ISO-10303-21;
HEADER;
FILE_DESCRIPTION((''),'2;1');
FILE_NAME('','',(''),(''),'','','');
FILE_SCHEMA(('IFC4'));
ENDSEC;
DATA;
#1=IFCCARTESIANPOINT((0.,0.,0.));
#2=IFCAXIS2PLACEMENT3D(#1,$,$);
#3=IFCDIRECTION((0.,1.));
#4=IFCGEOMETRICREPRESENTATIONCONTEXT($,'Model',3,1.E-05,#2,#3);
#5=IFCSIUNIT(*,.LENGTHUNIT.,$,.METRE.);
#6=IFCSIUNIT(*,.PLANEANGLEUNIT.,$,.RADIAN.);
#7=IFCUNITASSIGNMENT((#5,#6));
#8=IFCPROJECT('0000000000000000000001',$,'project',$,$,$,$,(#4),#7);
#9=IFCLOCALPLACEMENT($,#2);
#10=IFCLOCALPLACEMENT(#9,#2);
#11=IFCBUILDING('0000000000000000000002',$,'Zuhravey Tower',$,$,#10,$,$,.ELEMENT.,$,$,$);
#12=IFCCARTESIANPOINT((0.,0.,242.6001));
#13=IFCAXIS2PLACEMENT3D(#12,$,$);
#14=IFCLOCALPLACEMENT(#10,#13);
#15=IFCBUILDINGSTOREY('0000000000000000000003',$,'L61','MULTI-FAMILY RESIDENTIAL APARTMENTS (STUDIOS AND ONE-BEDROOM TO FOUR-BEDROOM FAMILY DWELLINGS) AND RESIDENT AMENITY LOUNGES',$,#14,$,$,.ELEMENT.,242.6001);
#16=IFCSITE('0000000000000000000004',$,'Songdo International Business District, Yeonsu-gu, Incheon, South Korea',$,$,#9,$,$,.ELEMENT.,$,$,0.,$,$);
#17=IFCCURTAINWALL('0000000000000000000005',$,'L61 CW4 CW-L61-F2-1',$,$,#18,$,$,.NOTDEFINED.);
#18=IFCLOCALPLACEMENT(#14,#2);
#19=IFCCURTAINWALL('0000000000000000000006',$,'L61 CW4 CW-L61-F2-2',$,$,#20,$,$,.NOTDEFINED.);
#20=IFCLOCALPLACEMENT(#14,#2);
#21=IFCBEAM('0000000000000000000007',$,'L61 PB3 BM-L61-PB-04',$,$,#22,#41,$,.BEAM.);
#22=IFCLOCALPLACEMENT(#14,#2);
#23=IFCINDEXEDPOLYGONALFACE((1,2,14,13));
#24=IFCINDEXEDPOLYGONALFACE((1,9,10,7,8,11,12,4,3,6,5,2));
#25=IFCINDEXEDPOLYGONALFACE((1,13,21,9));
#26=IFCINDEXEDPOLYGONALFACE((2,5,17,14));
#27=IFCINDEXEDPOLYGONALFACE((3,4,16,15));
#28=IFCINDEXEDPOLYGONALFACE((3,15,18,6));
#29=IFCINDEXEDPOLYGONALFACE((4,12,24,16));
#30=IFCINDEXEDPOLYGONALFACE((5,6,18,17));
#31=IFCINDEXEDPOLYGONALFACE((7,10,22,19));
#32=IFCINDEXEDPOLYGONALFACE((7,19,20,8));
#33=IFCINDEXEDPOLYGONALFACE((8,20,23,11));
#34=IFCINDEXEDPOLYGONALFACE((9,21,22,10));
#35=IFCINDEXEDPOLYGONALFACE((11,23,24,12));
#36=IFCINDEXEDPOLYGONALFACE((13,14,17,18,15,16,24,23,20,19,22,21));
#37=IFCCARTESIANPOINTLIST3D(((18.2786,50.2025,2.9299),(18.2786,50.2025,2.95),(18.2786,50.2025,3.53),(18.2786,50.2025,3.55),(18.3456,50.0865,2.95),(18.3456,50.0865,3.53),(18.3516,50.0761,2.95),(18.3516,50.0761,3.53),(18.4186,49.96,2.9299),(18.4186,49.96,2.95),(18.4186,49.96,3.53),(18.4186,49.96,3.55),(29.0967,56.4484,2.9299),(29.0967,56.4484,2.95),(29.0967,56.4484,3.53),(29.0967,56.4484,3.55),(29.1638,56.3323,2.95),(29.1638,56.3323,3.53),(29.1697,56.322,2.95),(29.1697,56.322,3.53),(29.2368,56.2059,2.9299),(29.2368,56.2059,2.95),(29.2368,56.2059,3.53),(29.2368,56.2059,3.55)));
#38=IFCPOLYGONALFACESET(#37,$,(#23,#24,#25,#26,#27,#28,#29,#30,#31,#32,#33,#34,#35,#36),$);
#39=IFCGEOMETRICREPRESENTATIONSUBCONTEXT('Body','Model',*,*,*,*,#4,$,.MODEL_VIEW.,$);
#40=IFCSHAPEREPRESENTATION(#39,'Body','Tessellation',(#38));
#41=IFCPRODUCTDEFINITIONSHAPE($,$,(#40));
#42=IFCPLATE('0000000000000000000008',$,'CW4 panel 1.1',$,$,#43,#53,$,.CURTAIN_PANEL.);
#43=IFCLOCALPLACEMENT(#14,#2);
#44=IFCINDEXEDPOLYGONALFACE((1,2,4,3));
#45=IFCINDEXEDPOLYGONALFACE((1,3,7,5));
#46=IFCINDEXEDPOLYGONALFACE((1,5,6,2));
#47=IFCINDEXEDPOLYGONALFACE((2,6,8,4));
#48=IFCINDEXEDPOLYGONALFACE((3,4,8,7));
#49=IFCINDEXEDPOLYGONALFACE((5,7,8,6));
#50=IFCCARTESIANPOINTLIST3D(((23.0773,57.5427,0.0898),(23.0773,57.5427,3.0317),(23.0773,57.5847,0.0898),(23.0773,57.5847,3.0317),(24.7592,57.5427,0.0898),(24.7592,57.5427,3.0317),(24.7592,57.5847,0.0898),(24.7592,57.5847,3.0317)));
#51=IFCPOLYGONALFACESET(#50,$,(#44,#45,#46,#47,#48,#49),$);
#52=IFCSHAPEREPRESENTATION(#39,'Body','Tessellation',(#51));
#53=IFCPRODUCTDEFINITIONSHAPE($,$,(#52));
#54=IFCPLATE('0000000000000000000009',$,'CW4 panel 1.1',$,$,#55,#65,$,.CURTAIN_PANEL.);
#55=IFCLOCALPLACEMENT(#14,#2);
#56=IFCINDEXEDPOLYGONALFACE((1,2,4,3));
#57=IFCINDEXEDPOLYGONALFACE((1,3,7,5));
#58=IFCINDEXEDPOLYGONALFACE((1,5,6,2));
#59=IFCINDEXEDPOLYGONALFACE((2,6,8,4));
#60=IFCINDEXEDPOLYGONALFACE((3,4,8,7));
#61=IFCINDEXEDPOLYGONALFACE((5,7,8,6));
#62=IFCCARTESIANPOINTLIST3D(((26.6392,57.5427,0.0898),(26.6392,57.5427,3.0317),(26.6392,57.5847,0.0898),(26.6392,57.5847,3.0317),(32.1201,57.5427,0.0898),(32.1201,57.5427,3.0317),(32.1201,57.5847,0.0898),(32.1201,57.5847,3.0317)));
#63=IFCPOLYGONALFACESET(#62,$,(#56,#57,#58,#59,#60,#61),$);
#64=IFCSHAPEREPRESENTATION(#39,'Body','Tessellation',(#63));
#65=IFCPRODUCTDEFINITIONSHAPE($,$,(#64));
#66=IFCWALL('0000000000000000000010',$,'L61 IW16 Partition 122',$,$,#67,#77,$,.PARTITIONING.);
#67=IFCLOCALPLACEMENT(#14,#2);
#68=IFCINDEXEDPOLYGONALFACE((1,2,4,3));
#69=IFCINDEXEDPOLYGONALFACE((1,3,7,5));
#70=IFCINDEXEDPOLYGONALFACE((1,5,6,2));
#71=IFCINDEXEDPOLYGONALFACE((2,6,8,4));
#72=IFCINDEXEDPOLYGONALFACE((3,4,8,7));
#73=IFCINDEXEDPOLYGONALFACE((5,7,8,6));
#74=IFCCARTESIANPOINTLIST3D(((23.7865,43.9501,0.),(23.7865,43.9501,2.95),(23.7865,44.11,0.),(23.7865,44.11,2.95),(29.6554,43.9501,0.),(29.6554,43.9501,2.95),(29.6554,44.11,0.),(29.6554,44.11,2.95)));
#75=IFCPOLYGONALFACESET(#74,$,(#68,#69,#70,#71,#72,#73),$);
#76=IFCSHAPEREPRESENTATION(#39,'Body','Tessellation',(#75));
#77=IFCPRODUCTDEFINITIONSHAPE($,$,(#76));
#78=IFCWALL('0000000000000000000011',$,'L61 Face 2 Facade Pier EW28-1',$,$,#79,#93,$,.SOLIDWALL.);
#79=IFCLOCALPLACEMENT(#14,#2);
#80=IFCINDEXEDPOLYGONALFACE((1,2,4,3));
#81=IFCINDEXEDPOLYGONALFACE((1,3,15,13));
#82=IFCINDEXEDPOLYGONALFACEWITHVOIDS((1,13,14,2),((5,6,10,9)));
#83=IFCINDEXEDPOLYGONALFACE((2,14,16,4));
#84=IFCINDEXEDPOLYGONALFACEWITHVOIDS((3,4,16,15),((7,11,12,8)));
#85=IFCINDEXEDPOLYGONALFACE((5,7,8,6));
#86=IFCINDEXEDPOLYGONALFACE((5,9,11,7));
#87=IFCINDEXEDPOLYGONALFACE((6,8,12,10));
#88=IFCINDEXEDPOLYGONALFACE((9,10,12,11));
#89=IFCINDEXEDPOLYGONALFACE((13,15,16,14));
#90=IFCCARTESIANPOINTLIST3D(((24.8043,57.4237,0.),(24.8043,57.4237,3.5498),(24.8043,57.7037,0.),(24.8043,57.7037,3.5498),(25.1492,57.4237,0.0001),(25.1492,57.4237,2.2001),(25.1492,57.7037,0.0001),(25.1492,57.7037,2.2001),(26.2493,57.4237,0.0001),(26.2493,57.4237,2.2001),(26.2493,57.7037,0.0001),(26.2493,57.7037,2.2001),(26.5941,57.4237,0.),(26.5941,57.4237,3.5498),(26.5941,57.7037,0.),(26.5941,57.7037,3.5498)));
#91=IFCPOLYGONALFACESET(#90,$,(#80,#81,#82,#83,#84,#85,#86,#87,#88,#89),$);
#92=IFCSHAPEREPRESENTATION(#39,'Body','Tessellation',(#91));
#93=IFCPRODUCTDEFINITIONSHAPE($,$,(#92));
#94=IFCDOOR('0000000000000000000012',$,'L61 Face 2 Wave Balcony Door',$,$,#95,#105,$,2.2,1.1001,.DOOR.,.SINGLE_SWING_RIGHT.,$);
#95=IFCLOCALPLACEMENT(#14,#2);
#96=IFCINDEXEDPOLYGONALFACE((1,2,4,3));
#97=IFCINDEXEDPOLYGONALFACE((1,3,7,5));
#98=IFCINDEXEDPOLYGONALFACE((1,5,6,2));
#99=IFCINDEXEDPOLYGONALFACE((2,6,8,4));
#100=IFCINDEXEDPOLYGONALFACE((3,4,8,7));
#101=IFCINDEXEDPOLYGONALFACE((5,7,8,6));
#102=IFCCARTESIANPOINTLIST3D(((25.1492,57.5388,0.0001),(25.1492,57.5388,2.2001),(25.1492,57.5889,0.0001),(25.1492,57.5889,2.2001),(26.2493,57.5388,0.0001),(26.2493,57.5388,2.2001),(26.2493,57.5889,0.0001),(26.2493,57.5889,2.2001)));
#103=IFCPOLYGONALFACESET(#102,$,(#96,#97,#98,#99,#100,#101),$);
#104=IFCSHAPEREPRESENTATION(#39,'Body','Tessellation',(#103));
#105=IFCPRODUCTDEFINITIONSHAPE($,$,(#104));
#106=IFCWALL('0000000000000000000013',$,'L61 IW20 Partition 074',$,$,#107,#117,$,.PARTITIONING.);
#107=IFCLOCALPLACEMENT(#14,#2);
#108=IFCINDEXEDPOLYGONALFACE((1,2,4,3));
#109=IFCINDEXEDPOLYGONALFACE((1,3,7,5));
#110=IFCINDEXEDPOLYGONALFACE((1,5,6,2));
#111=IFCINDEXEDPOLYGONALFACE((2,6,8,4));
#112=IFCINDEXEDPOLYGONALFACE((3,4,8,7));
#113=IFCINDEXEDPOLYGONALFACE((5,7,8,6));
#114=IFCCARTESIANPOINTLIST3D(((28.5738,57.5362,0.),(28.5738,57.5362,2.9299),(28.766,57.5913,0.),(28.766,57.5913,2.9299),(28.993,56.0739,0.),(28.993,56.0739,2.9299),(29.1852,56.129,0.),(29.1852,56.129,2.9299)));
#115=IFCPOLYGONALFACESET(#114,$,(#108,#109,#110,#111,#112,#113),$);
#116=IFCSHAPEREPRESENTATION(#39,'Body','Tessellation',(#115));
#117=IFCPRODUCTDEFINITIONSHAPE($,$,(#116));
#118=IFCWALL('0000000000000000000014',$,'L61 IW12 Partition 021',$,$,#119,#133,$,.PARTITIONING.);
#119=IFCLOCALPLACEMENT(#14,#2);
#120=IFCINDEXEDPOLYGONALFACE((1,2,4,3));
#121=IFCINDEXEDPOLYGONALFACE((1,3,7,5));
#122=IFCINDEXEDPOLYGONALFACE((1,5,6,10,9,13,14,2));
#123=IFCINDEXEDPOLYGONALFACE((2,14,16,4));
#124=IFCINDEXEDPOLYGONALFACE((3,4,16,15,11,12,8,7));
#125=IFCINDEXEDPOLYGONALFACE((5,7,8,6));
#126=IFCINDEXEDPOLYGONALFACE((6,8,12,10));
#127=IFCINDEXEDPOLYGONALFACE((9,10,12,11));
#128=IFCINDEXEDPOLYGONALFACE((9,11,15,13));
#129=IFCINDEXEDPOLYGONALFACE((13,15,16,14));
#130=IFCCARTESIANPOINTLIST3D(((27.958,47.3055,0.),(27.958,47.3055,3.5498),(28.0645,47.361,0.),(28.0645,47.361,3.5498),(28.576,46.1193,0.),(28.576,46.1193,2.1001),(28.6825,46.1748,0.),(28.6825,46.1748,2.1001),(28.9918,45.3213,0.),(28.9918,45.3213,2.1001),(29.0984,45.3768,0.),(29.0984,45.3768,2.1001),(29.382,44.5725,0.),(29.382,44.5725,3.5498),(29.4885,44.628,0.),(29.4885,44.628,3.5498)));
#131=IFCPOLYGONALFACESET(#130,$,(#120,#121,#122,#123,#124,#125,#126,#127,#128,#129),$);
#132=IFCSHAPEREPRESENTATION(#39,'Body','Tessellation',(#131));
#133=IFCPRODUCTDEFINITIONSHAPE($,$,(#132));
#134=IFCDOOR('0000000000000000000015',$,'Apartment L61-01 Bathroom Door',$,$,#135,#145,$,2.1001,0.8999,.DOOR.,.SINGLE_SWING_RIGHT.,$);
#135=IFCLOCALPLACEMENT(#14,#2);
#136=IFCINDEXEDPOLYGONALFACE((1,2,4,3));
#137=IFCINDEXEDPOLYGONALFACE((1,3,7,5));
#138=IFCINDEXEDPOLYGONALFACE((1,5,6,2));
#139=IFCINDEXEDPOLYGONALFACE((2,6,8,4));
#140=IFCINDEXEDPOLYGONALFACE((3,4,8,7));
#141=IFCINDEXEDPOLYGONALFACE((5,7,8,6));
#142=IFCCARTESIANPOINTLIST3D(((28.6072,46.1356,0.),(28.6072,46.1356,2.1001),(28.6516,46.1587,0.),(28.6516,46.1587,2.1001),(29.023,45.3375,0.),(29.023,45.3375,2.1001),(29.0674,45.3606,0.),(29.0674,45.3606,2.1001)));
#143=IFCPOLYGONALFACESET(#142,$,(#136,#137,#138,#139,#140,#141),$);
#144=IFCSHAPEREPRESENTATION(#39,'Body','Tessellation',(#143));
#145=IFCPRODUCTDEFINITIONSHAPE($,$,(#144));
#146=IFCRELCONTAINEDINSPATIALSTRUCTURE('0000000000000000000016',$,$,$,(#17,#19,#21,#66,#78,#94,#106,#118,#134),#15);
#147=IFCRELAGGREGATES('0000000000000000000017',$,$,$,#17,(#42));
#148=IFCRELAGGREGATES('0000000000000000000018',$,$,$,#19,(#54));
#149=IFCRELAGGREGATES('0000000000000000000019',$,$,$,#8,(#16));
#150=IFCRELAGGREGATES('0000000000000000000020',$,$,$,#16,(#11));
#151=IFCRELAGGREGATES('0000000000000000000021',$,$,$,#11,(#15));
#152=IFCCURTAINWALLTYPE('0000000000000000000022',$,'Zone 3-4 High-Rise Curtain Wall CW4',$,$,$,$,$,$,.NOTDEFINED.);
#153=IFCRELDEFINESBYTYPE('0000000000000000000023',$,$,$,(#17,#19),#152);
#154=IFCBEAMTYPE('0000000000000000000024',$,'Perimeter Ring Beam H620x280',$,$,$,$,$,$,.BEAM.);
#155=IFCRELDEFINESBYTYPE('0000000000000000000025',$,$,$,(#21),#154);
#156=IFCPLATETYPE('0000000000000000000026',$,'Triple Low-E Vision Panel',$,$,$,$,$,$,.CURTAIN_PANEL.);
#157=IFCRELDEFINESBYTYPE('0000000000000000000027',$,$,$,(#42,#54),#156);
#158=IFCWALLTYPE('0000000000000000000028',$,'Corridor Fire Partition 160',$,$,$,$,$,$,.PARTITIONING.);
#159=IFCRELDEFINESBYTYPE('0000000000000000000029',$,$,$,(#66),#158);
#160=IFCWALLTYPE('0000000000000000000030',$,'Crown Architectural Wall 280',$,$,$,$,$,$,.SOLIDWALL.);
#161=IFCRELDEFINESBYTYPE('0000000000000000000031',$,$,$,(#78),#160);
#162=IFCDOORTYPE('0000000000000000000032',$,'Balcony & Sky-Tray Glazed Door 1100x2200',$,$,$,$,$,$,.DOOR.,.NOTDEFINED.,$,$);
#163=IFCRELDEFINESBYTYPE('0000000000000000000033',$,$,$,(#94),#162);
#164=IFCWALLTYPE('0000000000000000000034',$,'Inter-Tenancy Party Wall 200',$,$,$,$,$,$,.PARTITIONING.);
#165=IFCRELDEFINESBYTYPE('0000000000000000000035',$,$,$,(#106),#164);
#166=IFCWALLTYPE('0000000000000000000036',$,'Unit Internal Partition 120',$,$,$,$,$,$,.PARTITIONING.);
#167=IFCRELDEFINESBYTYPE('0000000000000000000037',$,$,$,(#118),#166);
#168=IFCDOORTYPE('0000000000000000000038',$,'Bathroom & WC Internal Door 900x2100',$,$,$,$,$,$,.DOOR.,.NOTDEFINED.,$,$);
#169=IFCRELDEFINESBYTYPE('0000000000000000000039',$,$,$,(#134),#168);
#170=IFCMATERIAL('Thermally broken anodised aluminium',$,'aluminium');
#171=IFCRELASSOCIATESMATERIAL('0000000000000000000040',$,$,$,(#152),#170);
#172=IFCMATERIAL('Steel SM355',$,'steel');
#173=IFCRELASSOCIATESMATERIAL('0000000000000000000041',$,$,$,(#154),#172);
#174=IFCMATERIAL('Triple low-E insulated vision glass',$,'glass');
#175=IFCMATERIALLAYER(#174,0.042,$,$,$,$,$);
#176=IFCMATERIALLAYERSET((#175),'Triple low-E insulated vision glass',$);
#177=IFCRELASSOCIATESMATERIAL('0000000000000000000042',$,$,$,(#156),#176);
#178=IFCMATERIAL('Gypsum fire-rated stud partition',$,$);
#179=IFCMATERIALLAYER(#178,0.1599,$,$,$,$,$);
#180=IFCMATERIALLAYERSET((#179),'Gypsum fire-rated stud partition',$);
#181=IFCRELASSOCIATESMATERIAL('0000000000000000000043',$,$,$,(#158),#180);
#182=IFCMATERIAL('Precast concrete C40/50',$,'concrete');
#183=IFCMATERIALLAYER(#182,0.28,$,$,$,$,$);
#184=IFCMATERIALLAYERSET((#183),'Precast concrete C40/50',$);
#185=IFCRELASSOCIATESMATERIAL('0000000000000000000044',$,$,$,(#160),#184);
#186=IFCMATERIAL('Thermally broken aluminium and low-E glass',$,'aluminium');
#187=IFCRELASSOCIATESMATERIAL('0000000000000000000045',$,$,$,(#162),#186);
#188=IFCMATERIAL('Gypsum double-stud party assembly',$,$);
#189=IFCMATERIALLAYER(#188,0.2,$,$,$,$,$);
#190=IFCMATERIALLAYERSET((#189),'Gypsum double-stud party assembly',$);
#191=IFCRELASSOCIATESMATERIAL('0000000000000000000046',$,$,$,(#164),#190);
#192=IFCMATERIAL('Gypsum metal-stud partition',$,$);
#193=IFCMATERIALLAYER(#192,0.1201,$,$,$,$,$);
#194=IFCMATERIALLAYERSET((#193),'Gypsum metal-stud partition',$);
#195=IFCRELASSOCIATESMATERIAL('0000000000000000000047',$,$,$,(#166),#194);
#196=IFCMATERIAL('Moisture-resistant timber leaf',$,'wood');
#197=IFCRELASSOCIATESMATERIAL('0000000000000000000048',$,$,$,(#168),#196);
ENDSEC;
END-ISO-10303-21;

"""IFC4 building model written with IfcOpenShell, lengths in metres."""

from ifc_helpers import new_model, si_unit, direction, frame, frame_2d, origin, origin_2d, place, context, subcontext, project, spatial, rectangle, i_section, extrude, material, layer, layer_set, material_profile, profile_set, type_object, element, fill, aggregate, save


model = new_model("IFC4")

# Units and contexts
model_context = context("Model", 3, precision=1e-05, world=origin(), true_north=direction((0.0, 1.0)))
body_context = subcontext(model_context, "Body", "Model", "MODEL_VIEW")
ifc_project = project(units=[si_unit("LENGTHUNIT", "METRE"), si_unit("PLANEANGLEUNIT", "RADIAN")], contexts=[model_context])

# Site, building, storey
site_placement = place(None, origin())
site = spatial("IfcSite", under=ifc_project, at=site_placement, Name="Songdo International Business District, Yeonsu-gu, Incheon, South Korea", CompositionType="ELEMENT", RefElevation=0.0)
building_placement = place(site_placement, origin())
building = spatial("IfcBuilding", under=site, at=building_placement, Name="Zuhravey Tower", CompositionType="ELEMENT")
storey_placement = place(building_placement, frame((0.0, 0.0, 242.6001)))
storey = spatial("IfcBuildingStorey", under=building, at=storey_placement, Name="L61", Description="MULTI-FAMILY RESIDENTIAL APARTMENTS (STUDIOS AND ONE-BEDROOM TO FOUR-BEDROOM FAMILY DWELLINGS) AND RESIDENT AMENITY LOUNGES", CompositionType="ELEMENT", Elevation=242.6001)

# Curtain wall
ifc_material_1 = material(Name="Thermally broken anodised aluminium", Category="aluminium")
curtain_wall_type = type_object("IfcCurtainWallType", Name="Zone 3-4 High-Rise Curtain Wall CW4", PredefinedType="NOTDEFINED", material=ifc_material_1)
curtain_wall_1_placement = place(storey_placement, origin())
curtain_wall_1 = element("IfcCurtainWall", 1, at=curtain_wall_1_placement, inside=storey, type_object=curtain_wall_type, Name="L61 CW4 CW-L61-F2-1", PredefinedType="NOTDEFINED")

# Curtain wall
curtain_wall_2_placement = place(storey_placement, origin())
curtain_wall_2 = element("IfcCurtainWall", 2, at=curtain_wall_2_placement, inside=storey, type_object=curtain_wall_type, Name="L61 CW4 CW-L61-F2-2", PredefinedType="NOTDEFINED")

# Beam
ifc_material_2 = material(Name="Steel SM355", Category="steel")
ifc_material_profile_1 = material_profile(ifc_material_2, i_section(OverallWidth=0.28, OverallDepth=0.6201, WebThickness=0.012, FlangeThickness=0.02, at=origin_2d()), Name="H-620x280x12x20")
ifc_profile_set_1 = profile_set([ifc_material_profile_1], Name="Steel SM355")
beam_type_1 = type_object("IfcBeamType", Name="Perimeter Ring Beam H620x280", PredefinedType="BEAM", material=ifc_profile_set_1)
beam_1_placement = place(storey_placement, frame((29.1667, 56.3271, 3.24), z_axis=(-0.866025, -0.5, 0.0), x_axis=(0.5, -0.866025, 0.0)))
element("IfcBeam", 3, at=beam_1_placement, inside=storey, type_object=beam_type_1, Name="L61 PB3 BM-L61-PB-04", PredefinedType="BEAM", context=body_context, shape_type="SweptSolid", body=[
    extrude(i_section(OverallWidth=0.28, OverallDepth=0.6201, WebThickness=0.012, FlangeThickness=0.02, at=origin_2d()), origin(), (0.0, 0.0, 1.0), 12.4917),
])

# Plates
ifc_material_3 = material(Name="Triple low-E insulated vision glass", Category="glass")
ifc_layer_1 = layer(ifc_material_3, 0.042)
ifc_layer_set_1 = layer_set([ifc_layer_1], Name="Triple low-E insulated vision glass")
plate_type = type_object("IfcPlateType", Name="Triple Low-E Vision Panel", PredefinedType="CURTAIN_PANEL", material=ifc_layer_set_1)
plate_1_placement = place(storey_placement, frame((23.9182, 57.5637, 0.0898), z_axis=(0.0, 0.0, 1.0), x_axis=(1.0, 0.0, 0.0)))
plate_1 = element("IfcPlate", 4, at=plate_1_placement, type_object=plate_type, Name="CW4 panel 1.1", PredefinedType="CURTAIN_PANEL", context=body_context, shape_type="SweptSolid", body=[
    extrude(rectangle(XDim=1.6819, YDim=0.042, at=origin_2d()), origin(), (0.0, 0.0, 1.0), 2.9419),
])
aggregate(curtain_wall_1, [plate_1])
plate_2_placement = place(storey_placement, frame((29.3796, 57.5637, 0.0898), z_axis=(0.0, 0.0, 1.0), x_axis=(1.0, 0.0, 0.0)))
plate_2 = element("IfcPlate", 5, at=plate_2_placement, type_object=plate_type, Name="CW4 panel 1.1", PredefinedType="CURTAIN_PANEL", context=body_context, shape_type="SweptSolid", body=[
    extrude(rectangle(XDim=5.481, YDim=0.042, at=origin_2d()), origin(), (0.0, 0.0, 1.0), 2.9419),
])
aggregate(curtain_wall_2, [plate_2])

# Shared definitions
ifc_material_4 = material(Name="Gypsum fire-rated stud partition")
ifc_layer_2 = layer(ifc_material_4, 0.1599)
ifc_layer_set_2 = layer_set([ifc_layer_2], Name="Gypsum fire-rated stud partition")
wall_type_1 = type_object("IfcWallType", Name="Corridor Fire Partition 160", PredefinedType="PARTITIONING", material=ifc_layer_set_2)

# Wall
wall_1_placement = place(storey_placement, frame((29.6555, 44.03, 0.0), z_axis=(0.0, 0.0, 1.0), x_axis=(-1.0, 0.0, 0.0)))
element("IfcWall", 6, at=wall_1_placement, inside=storey, type_object=wall_type_1, Name="L61 IW16 Partition 122", PredefinedType="PARTITIONING", context=body_context, shape_type="SweptSolid", body=[
    extrude(rectangle(XDim=5.8689, YDim=0.1599, at=frame_2d((2.9346, 0.0))), origin(), (0.0, 0.0, 1.0), 2.95),
])

# Wall, opening, door
ifc_material_5 = material(Name="Precast concrete C40/50", Category="concrete")
ifc_layer_3 = layer(ifc_material_5, 0.28)
ifc_layer_set_3 = layer_set([ifc_layer_3], Name="Precast concrete C40/50")
wall_type_2 = type_object("IfcWallType", Name="Crown Architectural Wall 280", PredefinedType="SOLIDWALL", material=ifc_layer_set_3)
wall_2_placement = place(storey_placement, frame((24.8042, 57.5637, 0.0), z_axis=(0.0, 0.0, 1.0), x_axis=(1.0, 0.0, 0.0)))
wall_2 = element("IfcWall", 7, at=wall_2_placement, inside=storey, type_object=wall_type_2, Name="L61 Face 2 Facade Pier EW28-1", PredefinedType="SOLIDWALL", context=body_context, shape_type="SweptSolid", body=[
    extrude(rectangle(XDim=1.7898, YDim=0.28, at=frame_2d((0.895, 0.0))), origin(), (0.0, 0.0, 1.0), 3.5498),
])
opening_1_placement = place(wall_2_placement, frame((0.345, 0.0, 0.0)))
opening_1 = element("IfcOpeningElement", 8, at=opening_1_placement, cuts=wall_2, PredefinedType="OPENING", context=body_context, shape_type="SweptSolid", body=[
    extrude(rectangle(XDim=1.1001, YDim=2.2, at=frame_2d((0.55, 1.1001))), frame((0.0, 0.1521, 0.0), z_axis=(0.0, -1.0, 0.0), x_axis=(1.0, 0.0, 0.0)), (0.0, 0.0, 1.0), 0.304),
])
ifc_material_6 = material(Name="Thermally broken aluminium and low-E glass", Category="aluminium")
door_type_1 = type_object("IfcDoorType", Name="Balcony & Sky-Tray Glazed Door 1100x2200", OperationType="NOTDEFINED", PredefinedType="DOOR", material=ifc_material_6)
door_1_placement = place(opening_1_placement, frame((1.1001, 0.0, 0.0), z_axis=(0.0, 0.0, 1.0), x_axis=(-1.0, 0.0, 0.0)))
door_1 = element("IfcDoor", 9, at=door_1_placement, inside=storey, type_object=door_type_1, Name="L61 Face 2 Wave Balcony Door", OperationType="SINGLE_SWING_RIGHT", OverallHeight=2.2, OverallWidth=1.1001, PredefinedType="DOOR", context=body_context, shape_type="SweptSolid", body=[
    extrude(rectangle(XDim=1.1001, YDim=2.2, at=frame_2d((0.55, 1.1001))), frame((0.0, 0.0249, 0.0), z_axis=(0.0, -1.0, 0.0), x_axis=(1.0, 0.0, 0.0)), (0.0, 0.0, 1.0), 0.05),
])
fill(opening_1, door_1)

# Wall
ifc_material_7 = material(Name="Gypsum double-stud party assembly")
ifc_layer_4 = layer(ifc_material_7, 0.2)
ifc_layer_set_4 = layer_set([ifc_layer_4], Name="Gypsum double-stud party assembly")
wall_type_3 = type_object("IfcWallType", Name="Inter-Tenancy Party Wall 200", PredefinedType="PARTITIONING", material=ifc_layer_set_4)
wall_3_placement = place(storey_placement, frame((29.0891, 56.1013, 0.0), z_axis=(0.0, 0.0, 1.0), x_axis=(-0.275548, 0.961287, 0.0)))
element("IfcWall", 10, at=wall_3_placement, inside=storey, type_object=wall_type_3, Name="L61 IW20 Partition 074", PredefinedType="PARTITIONING", context=body_context, shape_type="SweptSolid", body=[
    extrude(rectangle(XDim=1.5212, YDim=0.2, at=frame_2d((0.7607, 0.0))), origin(), (0.0, 0.0, 1.0), 2.9299),
])

# Wall, opening, door
ifc_material_8 = material(Name="Gypsum metal-stud partition")
ifc_layer_5 = layer(ifc_material_8, 0.1201)
ifc_layer_set_5 = layer_set([ifc_layer_5], Name="Gypsum metal-stud partition")
wall_type_4 = type_object("IfcWallType", Name="Unit Internal Partition 120", PredefinedType="PARTITIONING", material=ifc_layer_set_5)
wall_4_placement = place(storey_placement, frame((29.4353, 44.6001, 0.0), z_axis=(0.0, 0.0, 1.0), x_axis=(-0.462076, 0.88684, 0.0)))
wall_4 = element("IfcWall", 11, at=wall_4_placement, inside=storey, type_object=wall_type_4, Name="L61 IW12 Partition 021", PredefinedType="PARTITIONING", context=body_context, shape_type="SweptSolid", body=[
    extrude(rectangle(XDim=3.0818, YDim=0.1201, at=frame_2d((1.541, 0.0))), origin(), (0.0, 0.0, 1.0), 3.5498),
])
opening_2_placement = place(wall_4_placement, frame((0.8445, 0.0, 0.0)))
opening_2 = element("IfcOpeningElement", 12, at=opening_2_placement, cuts=wall_4, PredefinedType="OPENING", context=body_context, shape_type="SweptSolid", body=[
    extrude(rectangle(XDim=0.8999, YDim=2.1001, at=frame_2d((0.45, 1.05))), frame((0.0, 0.072, 0.0), z_axis=(0.0, -1.0, 0.0), x_axis=(1.0, 0.0, 0.0)), (0.0, 0.0, 1.0), 0.144),
])
ifc_material_9 = material(Name="Moisture-resistant timber leaf", Category="wood")
door_type_2 = type_object("IfcDoorType", Name="Bathroom & WC Internal Door 900x2100", OperationType="NOTDEFINED", PredefinedType="DOOR", material=ifc_material_9)
door_2_placement = place(opening_2_placement, origin())
door_2 = element("IfcDoor", 13, at=door_2_placement, inside=storey, type_object=door_type_2, Name="Apartment L61-01 Bathroom Door", OperationType="SINGLE_SWING_RIGHT", OverallHeight=2.1001, OverallWidth=0.8999, PredefinedType="DOOR", context=body_context, shape_type="SweptSolid", body=[
    extrude(rectangle(XDim=0.8999, YDim=2.1001, at=frame_2d((0.45, 1.05))), frame((0.0, 0.0249, 0.0), z_axis=(0.0, -1.0, 0.0), x_axis=(1.0, 0.0, 0.0)), (0.0, 0.0, 1.0), 0.05),
])
fill(opening_2, door_2)

save(model, "model.ifc")
